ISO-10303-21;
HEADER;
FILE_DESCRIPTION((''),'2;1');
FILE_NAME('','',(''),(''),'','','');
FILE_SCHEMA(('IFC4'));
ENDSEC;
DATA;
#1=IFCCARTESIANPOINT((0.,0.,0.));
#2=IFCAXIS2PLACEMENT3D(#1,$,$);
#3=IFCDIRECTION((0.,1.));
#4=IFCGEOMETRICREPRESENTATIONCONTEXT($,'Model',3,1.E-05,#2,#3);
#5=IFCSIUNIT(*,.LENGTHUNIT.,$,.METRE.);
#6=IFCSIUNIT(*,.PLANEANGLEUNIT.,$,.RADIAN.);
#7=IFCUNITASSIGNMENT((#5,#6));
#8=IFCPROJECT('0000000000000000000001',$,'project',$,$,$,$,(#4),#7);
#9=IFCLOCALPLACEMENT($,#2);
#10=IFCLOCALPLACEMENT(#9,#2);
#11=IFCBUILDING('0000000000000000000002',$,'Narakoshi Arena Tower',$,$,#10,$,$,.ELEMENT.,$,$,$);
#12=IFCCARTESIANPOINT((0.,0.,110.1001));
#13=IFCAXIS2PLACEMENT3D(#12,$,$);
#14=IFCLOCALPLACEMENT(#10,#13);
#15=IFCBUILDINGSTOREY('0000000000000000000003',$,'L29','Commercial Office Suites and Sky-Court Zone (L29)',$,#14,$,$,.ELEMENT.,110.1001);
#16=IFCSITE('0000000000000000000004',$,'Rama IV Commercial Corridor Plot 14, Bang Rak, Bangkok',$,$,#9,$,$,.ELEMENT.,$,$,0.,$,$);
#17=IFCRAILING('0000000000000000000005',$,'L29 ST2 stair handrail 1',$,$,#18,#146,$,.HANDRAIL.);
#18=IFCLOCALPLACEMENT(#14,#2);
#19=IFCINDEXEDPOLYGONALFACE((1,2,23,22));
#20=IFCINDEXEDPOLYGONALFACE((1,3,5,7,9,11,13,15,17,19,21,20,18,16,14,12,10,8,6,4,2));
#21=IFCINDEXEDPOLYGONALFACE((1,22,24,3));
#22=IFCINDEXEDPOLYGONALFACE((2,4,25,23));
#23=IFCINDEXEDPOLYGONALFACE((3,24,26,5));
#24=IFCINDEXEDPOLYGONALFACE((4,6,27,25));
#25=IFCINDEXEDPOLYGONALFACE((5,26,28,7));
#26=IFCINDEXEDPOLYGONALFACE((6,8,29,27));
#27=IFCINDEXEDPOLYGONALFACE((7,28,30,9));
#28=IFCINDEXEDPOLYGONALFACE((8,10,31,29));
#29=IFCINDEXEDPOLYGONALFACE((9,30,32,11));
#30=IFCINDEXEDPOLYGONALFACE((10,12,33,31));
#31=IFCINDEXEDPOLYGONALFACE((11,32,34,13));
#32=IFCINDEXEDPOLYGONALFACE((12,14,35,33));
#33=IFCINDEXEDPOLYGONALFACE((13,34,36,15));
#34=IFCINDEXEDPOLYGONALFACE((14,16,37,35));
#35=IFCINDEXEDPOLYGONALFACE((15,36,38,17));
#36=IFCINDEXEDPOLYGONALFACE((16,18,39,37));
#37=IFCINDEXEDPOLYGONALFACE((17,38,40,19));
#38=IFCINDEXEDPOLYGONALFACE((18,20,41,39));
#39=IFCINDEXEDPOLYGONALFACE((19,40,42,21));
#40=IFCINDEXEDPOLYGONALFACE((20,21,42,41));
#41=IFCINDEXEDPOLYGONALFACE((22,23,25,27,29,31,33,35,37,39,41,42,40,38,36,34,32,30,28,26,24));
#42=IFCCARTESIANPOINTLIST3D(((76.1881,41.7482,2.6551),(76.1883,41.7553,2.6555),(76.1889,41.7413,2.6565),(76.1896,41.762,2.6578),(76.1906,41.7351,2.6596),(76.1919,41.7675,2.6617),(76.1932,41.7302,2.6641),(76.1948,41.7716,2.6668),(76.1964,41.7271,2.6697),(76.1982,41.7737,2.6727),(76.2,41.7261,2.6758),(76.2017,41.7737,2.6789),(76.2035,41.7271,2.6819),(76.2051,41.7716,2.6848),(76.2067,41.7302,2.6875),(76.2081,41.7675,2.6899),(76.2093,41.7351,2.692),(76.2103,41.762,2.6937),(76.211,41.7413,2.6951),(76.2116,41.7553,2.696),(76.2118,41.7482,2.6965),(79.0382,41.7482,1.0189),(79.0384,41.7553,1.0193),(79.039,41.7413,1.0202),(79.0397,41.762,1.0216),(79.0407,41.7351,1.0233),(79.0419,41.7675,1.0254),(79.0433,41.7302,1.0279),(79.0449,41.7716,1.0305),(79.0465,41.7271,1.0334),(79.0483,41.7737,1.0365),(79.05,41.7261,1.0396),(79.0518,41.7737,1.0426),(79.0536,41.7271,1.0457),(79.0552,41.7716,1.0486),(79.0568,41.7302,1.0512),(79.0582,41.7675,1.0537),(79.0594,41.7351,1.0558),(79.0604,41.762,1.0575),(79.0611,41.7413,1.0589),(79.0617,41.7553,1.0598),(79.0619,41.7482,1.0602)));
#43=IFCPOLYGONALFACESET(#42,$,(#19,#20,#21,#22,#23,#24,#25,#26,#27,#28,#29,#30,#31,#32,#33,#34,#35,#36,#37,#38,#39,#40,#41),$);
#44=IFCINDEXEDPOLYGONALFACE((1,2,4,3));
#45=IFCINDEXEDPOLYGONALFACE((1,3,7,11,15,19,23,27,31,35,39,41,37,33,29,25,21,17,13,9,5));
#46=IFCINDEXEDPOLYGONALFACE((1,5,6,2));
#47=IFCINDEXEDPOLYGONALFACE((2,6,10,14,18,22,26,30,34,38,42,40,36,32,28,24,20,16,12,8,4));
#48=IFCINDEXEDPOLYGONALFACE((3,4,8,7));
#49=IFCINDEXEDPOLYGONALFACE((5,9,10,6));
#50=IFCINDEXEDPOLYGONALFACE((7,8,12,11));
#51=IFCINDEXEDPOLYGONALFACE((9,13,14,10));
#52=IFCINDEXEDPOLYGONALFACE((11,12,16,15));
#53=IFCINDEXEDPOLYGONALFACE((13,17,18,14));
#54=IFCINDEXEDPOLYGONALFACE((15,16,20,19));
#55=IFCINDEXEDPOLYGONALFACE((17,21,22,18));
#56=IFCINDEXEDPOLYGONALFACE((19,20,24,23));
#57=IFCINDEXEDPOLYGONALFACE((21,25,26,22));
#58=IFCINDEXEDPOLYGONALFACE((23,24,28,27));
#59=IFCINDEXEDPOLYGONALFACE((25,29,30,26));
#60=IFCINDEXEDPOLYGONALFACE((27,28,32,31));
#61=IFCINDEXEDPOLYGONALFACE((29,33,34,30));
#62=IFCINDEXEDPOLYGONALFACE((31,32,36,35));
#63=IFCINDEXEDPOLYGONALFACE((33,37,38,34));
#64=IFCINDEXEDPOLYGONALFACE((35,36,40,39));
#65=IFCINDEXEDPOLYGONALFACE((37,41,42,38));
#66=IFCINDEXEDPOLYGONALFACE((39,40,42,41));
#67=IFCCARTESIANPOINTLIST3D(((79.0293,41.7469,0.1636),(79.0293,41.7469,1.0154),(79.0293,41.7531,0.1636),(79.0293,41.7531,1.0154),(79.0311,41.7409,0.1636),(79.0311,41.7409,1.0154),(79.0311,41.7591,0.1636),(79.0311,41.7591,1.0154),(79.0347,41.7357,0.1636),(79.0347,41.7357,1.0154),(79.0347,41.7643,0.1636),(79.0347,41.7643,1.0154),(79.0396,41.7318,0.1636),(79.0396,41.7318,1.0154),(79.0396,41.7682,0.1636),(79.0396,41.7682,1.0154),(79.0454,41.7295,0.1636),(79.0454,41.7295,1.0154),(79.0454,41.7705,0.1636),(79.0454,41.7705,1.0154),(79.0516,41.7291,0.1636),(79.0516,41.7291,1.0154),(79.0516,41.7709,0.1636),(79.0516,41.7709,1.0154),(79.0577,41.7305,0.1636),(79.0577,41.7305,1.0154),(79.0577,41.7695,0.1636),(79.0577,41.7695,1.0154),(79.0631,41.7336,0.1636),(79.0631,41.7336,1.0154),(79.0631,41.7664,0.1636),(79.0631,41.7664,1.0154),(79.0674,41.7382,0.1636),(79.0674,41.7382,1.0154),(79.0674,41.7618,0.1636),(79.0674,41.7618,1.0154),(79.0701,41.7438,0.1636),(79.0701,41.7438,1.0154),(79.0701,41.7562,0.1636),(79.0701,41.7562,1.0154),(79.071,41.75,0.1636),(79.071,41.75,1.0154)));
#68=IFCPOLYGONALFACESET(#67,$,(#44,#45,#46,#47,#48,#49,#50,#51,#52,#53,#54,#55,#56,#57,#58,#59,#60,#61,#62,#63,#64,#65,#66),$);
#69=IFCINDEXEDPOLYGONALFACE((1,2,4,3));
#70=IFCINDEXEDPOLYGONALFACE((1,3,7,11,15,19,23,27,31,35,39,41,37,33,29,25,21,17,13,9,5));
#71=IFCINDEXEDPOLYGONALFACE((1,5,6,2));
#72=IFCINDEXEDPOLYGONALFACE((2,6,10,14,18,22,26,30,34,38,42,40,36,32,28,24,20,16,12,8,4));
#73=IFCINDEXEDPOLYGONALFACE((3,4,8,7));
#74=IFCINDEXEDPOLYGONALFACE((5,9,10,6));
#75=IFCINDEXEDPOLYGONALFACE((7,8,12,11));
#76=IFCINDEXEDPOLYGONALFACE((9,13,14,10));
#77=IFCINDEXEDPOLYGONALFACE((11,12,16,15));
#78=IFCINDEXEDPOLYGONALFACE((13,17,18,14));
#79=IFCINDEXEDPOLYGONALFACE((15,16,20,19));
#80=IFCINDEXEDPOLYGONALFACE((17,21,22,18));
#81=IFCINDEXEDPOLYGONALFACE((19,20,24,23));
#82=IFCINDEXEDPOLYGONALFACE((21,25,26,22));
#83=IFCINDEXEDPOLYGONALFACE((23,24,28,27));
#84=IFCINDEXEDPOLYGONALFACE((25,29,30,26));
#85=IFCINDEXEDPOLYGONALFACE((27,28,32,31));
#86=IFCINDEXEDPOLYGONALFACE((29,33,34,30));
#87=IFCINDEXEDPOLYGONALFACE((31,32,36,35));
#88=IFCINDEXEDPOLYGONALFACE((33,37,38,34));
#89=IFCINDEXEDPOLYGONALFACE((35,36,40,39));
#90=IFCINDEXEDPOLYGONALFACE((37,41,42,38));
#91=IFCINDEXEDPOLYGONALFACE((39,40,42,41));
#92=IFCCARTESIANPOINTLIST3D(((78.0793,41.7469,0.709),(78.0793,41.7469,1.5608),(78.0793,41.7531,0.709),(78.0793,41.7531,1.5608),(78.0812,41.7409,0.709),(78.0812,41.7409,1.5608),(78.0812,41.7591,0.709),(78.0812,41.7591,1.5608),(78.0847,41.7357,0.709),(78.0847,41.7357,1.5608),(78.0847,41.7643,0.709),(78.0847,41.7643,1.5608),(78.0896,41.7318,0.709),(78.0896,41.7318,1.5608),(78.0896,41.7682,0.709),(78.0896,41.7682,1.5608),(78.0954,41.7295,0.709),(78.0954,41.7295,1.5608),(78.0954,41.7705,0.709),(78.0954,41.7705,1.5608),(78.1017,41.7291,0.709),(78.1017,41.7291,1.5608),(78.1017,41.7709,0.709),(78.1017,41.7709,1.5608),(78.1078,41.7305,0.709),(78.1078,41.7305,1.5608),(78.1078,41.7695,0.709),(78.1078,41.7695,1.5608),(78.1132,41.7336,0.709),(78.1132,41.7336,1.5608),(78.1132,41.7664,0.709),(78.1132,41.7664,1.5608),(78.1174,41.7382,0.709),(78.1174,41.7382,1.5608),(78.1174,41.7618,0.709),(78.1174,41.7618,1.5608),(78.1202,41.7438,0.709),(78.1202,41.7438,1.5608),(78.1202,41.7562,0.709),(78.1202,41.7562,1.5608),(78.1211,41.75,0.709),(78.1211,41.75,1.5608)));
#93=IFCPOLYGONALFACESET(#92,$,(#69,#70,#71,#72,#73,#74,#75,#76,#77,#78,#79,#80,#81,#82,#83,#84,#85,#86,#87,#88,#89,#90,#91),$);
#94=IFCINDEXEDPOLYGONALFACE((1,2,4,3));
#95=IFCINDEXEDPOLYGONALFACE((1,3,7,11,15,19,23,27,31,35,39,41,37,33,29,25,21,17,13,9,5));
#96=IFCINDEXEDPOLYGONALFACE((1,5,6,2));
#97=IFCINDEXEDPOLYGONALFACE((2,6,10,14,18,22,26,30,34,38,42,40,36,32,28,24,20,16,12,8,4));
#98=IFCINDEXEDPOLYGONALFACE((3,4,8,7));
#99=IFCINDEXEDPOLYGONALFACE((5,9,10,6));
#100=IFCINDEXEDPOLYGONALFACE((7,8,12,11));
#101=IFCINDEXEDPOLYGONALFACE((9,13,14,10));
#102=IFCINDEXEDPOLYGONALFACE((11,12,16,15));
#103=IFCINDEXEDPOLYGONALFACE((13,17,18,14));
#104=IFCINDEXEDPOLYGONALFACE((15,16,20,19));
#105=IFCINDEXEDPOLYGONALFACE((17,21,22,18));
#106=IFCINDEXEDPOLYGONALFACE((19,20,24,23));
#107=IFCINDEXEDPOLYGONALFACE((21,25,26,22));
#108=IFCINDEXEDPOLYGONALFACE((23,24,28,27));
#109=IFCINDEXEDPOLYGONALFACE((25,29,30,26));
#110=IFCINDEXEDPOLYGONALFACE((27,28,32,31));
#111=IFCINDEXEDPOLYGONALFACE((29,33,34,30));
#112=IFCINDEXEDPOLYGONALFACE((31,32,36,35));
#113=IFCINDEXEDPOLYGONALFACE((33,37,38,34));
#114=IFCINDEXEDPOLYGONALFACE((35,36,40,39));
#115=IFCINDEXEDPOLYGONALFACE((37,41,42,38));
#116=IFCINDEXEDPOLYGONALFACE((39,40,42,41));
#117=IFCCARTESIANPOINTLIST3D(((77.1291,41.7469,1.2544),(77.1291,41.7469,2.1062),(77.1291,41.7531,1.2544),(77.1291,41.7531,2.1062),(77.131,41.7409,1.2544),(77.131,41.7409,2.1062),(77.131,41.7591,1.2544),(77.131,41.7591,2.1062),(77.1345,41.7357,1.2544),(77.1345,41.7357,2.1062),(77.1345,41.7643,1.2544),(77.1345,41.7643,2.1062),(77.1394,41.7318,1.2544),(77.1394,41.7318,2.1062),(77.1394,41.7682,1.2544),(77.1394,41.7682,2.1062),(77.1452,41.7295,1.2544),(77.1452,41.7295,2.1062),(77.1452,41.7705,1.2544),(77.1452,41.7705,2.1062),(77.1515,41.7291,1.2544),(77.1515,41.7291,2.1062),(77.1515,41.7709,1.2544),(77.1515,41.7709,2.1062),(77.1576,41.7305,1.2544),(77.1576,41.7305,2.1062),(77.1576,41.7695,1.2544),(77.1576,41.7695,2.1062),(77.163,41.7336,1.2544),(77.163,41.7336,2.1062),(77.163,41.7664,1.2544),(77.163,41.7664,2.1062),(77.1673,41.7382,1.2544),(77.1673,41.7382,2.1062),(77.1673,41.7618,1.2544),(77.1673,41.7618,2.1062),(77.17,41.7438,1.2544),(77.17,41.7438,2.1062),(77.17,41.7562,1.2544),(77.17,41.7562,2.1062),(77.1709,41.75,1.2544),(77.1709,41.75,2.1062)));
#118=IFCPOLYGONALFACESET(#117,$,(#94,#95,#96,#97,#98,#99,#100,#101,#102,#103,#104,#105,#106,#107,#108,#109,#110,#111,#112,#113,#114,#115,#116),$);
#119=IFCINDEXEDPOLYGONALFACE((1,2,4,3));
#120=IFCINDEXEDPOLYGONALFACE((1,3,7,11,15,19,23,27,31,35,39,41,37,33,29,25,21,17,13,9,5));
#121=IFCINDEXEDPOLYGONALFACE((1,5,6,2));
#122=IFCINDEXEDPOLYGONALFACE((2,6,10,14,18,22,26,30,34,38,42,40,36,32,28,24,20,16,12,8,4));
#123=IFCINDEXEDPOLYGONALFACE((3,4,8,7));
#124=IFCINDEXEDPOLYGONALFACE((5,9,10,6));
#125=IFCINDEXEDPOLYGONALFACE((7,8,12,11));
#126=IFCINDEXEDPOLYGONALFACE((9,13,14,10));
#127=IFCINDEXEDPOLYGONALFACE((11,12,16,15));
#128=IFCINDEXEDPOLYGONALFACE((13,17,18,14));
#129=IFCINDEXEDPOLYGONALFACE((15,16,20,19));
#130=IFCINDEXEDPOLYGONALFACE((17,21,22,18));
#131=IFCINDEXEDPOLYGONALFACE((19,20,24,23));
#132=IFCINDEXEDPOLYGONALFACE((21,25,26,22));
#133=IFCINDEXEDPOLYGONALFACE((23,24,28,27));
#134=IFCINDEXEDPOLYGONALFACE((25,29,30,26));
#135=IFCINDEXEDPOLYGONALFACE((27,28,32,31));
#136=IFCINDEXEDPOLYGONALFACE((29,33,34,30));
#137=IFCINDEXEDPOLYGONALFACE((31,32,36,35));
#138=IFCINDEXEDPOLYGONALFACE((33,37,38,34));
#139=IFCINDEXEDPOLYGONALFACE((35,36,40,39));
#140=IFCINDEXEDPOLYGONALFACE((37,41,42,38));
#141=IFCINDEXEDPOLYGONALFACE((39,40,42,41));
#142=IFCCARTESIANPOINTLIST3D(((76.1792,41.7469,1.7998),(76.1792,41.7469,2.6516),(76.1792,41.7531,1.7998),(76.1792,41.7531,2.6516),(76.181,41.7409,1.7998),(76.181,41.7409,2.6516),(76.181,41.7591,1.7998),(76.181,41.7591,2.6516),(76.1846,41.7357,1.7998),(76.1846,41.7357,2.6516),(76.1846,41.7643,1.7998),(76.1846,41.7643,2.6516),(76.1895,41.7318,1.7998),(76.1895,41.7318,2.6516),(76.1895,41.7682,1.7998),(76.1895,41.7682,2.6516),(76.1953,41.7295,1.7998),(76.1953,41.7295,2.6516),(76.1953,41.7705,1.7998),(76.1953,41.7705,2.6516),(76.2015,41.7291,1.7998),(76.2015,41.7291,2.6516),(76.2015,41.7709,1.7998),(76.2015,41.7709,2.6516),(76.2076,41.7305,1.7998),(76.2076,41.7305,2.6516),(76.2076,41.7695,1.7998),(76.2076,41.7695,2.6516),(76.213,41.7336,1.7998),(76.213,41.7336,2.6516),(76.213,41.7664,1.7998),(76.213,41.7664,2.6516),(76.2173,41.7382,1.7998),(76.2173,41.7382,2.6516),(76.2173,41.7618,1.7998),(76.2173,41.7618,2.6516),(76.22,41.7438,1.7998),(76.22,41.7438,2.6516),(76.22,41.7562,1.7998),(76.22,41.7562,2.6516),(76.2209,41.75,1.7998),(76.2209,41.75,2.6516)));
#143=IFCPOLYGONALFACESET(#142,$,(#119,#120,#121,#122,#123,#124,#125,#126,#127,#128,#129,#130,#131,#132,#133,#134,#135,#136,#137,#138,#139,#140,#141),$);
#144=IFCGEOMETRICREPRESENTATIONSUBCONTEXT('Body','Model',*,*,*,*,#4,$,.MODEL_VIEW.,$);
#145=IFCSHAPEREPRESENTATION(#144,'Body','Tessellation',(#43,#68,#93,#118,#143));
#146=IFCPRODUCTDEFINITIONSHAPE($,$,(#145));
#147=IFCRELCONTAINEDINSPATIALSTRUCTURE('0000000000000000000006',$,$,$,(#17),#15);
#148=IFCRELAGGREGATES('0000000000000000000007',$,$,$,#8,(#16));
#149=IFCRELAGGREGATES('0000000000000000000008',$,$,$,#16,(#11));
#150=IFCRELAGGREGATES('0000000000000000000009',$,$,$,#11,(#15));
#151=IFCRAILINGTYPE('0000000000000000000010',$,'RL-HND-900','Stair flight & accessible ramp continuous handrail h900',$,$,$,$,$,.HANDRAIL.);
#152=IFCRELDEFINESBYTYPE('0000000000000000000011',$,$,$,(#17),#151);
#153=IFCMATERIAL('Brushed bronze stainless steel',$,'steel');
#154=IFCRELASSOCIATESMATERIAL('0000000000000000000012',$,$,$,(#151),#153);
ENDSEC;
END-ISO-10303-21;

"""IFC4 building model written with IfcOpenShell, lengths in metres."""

from ifc_helpers import new_model, si_unit, direction, frame, origin, origin_2d, place, context, subcontext, project, spatial, circle, extrude, material, type_object, element, save


model = new_model("IFC4")

# Units and contexts
model_context = context("Model", 3, precision=1e-05, world=origin(), true_north=direction((0.0, 1.0)))
body_context = subcontext(model_context, "Body", "Model", "MODEL_VIEW")
ifc_project = project(units=[si_unit("LENGTHUNIT", "METRE"), si_unit("PLANEANGLEUNIT", "RADIAN")], contexts=[model_context])

# Site, building, storey
site_placement = place(None, origin())
site = spatial("IfcSite", under=ifc_project, at=site_placement, Name="Rama IV Commercial Corridor Plot 14, Bang Rak, Bangkok", CompositionType="ELEMENT", RefElevation=0.0)
building_placement = place(site_placement, origin())
building = spatial("IfcBuilding", under=site, at=building_placement, Name="Narakoshi Arena Tower", CompositionType="ELEMENT")
storey_placement = place(building_placement, frame((0.0, 0.0, 110.1001)))
storey = spatial("IfcBuildingStorey", under=building, at=storey_placement, Name="L29", Description="Commercial Office Suites and Sky-Court Zone (L29)", CompositionType="ELEMENT", Elevation=110.1001)

# Shared definitions
ifc_material_1 = material(Name="Brushed bronze stainless steel", Category="steel")

# Railing
railing_type_1 = type_object("IfcRailingType", Name="RL-HND-900", Description="Stair flight & accessible ramp continuous handrail h900", PredefinedType="HANDRAIL", material=ifc_material_1)
for number, where, name in (
    (1, (79.05, 41.75, 0.1636), "L29 ST2 stair handrail 1"),
):
    element("IfcRailing", number, at=place(storey_placement, frame(where)), inside=storey, type_object=railing_type_1, Name=name, PredefinedType="HANDRAIL", context=body_context, shape_type="SweptSolid", body=[
        extrude(circle(Radius=0.0239, at=origin_2d()), frame((0.0, 0.0, 0.876), z_axis=(-0.867245, 0.0, 0.497882), x_axis=(0.0, -1.0, 0.0)), (0.0, 0.0, 1.0), 3.2864),
        extrude(circle(Radius=0.021, at=origin_2d()), origin(), (0.0, 0.0, 1.0), 0.8518),
        extrude(circle(Radius=0.021, at=origin_2d()), frame((-0.95, 0.0, 0.5454)), (0.0, 0.0, 1.0), 0.8518),
        extrude(circle(Radius=0.021, at=origin_2d()), frame((-1.9001, 0.0, 1.0908)), (0.0, 0.0, 1.0), 0.8518),
        extrude(circle(Radius=0.021, at=origin_2d()), frame((-2.8501, 0.0, 1.6362)), (0.0, 0.0, 1.0), 0.8518),
    ])

save(model, "model.ifc")
